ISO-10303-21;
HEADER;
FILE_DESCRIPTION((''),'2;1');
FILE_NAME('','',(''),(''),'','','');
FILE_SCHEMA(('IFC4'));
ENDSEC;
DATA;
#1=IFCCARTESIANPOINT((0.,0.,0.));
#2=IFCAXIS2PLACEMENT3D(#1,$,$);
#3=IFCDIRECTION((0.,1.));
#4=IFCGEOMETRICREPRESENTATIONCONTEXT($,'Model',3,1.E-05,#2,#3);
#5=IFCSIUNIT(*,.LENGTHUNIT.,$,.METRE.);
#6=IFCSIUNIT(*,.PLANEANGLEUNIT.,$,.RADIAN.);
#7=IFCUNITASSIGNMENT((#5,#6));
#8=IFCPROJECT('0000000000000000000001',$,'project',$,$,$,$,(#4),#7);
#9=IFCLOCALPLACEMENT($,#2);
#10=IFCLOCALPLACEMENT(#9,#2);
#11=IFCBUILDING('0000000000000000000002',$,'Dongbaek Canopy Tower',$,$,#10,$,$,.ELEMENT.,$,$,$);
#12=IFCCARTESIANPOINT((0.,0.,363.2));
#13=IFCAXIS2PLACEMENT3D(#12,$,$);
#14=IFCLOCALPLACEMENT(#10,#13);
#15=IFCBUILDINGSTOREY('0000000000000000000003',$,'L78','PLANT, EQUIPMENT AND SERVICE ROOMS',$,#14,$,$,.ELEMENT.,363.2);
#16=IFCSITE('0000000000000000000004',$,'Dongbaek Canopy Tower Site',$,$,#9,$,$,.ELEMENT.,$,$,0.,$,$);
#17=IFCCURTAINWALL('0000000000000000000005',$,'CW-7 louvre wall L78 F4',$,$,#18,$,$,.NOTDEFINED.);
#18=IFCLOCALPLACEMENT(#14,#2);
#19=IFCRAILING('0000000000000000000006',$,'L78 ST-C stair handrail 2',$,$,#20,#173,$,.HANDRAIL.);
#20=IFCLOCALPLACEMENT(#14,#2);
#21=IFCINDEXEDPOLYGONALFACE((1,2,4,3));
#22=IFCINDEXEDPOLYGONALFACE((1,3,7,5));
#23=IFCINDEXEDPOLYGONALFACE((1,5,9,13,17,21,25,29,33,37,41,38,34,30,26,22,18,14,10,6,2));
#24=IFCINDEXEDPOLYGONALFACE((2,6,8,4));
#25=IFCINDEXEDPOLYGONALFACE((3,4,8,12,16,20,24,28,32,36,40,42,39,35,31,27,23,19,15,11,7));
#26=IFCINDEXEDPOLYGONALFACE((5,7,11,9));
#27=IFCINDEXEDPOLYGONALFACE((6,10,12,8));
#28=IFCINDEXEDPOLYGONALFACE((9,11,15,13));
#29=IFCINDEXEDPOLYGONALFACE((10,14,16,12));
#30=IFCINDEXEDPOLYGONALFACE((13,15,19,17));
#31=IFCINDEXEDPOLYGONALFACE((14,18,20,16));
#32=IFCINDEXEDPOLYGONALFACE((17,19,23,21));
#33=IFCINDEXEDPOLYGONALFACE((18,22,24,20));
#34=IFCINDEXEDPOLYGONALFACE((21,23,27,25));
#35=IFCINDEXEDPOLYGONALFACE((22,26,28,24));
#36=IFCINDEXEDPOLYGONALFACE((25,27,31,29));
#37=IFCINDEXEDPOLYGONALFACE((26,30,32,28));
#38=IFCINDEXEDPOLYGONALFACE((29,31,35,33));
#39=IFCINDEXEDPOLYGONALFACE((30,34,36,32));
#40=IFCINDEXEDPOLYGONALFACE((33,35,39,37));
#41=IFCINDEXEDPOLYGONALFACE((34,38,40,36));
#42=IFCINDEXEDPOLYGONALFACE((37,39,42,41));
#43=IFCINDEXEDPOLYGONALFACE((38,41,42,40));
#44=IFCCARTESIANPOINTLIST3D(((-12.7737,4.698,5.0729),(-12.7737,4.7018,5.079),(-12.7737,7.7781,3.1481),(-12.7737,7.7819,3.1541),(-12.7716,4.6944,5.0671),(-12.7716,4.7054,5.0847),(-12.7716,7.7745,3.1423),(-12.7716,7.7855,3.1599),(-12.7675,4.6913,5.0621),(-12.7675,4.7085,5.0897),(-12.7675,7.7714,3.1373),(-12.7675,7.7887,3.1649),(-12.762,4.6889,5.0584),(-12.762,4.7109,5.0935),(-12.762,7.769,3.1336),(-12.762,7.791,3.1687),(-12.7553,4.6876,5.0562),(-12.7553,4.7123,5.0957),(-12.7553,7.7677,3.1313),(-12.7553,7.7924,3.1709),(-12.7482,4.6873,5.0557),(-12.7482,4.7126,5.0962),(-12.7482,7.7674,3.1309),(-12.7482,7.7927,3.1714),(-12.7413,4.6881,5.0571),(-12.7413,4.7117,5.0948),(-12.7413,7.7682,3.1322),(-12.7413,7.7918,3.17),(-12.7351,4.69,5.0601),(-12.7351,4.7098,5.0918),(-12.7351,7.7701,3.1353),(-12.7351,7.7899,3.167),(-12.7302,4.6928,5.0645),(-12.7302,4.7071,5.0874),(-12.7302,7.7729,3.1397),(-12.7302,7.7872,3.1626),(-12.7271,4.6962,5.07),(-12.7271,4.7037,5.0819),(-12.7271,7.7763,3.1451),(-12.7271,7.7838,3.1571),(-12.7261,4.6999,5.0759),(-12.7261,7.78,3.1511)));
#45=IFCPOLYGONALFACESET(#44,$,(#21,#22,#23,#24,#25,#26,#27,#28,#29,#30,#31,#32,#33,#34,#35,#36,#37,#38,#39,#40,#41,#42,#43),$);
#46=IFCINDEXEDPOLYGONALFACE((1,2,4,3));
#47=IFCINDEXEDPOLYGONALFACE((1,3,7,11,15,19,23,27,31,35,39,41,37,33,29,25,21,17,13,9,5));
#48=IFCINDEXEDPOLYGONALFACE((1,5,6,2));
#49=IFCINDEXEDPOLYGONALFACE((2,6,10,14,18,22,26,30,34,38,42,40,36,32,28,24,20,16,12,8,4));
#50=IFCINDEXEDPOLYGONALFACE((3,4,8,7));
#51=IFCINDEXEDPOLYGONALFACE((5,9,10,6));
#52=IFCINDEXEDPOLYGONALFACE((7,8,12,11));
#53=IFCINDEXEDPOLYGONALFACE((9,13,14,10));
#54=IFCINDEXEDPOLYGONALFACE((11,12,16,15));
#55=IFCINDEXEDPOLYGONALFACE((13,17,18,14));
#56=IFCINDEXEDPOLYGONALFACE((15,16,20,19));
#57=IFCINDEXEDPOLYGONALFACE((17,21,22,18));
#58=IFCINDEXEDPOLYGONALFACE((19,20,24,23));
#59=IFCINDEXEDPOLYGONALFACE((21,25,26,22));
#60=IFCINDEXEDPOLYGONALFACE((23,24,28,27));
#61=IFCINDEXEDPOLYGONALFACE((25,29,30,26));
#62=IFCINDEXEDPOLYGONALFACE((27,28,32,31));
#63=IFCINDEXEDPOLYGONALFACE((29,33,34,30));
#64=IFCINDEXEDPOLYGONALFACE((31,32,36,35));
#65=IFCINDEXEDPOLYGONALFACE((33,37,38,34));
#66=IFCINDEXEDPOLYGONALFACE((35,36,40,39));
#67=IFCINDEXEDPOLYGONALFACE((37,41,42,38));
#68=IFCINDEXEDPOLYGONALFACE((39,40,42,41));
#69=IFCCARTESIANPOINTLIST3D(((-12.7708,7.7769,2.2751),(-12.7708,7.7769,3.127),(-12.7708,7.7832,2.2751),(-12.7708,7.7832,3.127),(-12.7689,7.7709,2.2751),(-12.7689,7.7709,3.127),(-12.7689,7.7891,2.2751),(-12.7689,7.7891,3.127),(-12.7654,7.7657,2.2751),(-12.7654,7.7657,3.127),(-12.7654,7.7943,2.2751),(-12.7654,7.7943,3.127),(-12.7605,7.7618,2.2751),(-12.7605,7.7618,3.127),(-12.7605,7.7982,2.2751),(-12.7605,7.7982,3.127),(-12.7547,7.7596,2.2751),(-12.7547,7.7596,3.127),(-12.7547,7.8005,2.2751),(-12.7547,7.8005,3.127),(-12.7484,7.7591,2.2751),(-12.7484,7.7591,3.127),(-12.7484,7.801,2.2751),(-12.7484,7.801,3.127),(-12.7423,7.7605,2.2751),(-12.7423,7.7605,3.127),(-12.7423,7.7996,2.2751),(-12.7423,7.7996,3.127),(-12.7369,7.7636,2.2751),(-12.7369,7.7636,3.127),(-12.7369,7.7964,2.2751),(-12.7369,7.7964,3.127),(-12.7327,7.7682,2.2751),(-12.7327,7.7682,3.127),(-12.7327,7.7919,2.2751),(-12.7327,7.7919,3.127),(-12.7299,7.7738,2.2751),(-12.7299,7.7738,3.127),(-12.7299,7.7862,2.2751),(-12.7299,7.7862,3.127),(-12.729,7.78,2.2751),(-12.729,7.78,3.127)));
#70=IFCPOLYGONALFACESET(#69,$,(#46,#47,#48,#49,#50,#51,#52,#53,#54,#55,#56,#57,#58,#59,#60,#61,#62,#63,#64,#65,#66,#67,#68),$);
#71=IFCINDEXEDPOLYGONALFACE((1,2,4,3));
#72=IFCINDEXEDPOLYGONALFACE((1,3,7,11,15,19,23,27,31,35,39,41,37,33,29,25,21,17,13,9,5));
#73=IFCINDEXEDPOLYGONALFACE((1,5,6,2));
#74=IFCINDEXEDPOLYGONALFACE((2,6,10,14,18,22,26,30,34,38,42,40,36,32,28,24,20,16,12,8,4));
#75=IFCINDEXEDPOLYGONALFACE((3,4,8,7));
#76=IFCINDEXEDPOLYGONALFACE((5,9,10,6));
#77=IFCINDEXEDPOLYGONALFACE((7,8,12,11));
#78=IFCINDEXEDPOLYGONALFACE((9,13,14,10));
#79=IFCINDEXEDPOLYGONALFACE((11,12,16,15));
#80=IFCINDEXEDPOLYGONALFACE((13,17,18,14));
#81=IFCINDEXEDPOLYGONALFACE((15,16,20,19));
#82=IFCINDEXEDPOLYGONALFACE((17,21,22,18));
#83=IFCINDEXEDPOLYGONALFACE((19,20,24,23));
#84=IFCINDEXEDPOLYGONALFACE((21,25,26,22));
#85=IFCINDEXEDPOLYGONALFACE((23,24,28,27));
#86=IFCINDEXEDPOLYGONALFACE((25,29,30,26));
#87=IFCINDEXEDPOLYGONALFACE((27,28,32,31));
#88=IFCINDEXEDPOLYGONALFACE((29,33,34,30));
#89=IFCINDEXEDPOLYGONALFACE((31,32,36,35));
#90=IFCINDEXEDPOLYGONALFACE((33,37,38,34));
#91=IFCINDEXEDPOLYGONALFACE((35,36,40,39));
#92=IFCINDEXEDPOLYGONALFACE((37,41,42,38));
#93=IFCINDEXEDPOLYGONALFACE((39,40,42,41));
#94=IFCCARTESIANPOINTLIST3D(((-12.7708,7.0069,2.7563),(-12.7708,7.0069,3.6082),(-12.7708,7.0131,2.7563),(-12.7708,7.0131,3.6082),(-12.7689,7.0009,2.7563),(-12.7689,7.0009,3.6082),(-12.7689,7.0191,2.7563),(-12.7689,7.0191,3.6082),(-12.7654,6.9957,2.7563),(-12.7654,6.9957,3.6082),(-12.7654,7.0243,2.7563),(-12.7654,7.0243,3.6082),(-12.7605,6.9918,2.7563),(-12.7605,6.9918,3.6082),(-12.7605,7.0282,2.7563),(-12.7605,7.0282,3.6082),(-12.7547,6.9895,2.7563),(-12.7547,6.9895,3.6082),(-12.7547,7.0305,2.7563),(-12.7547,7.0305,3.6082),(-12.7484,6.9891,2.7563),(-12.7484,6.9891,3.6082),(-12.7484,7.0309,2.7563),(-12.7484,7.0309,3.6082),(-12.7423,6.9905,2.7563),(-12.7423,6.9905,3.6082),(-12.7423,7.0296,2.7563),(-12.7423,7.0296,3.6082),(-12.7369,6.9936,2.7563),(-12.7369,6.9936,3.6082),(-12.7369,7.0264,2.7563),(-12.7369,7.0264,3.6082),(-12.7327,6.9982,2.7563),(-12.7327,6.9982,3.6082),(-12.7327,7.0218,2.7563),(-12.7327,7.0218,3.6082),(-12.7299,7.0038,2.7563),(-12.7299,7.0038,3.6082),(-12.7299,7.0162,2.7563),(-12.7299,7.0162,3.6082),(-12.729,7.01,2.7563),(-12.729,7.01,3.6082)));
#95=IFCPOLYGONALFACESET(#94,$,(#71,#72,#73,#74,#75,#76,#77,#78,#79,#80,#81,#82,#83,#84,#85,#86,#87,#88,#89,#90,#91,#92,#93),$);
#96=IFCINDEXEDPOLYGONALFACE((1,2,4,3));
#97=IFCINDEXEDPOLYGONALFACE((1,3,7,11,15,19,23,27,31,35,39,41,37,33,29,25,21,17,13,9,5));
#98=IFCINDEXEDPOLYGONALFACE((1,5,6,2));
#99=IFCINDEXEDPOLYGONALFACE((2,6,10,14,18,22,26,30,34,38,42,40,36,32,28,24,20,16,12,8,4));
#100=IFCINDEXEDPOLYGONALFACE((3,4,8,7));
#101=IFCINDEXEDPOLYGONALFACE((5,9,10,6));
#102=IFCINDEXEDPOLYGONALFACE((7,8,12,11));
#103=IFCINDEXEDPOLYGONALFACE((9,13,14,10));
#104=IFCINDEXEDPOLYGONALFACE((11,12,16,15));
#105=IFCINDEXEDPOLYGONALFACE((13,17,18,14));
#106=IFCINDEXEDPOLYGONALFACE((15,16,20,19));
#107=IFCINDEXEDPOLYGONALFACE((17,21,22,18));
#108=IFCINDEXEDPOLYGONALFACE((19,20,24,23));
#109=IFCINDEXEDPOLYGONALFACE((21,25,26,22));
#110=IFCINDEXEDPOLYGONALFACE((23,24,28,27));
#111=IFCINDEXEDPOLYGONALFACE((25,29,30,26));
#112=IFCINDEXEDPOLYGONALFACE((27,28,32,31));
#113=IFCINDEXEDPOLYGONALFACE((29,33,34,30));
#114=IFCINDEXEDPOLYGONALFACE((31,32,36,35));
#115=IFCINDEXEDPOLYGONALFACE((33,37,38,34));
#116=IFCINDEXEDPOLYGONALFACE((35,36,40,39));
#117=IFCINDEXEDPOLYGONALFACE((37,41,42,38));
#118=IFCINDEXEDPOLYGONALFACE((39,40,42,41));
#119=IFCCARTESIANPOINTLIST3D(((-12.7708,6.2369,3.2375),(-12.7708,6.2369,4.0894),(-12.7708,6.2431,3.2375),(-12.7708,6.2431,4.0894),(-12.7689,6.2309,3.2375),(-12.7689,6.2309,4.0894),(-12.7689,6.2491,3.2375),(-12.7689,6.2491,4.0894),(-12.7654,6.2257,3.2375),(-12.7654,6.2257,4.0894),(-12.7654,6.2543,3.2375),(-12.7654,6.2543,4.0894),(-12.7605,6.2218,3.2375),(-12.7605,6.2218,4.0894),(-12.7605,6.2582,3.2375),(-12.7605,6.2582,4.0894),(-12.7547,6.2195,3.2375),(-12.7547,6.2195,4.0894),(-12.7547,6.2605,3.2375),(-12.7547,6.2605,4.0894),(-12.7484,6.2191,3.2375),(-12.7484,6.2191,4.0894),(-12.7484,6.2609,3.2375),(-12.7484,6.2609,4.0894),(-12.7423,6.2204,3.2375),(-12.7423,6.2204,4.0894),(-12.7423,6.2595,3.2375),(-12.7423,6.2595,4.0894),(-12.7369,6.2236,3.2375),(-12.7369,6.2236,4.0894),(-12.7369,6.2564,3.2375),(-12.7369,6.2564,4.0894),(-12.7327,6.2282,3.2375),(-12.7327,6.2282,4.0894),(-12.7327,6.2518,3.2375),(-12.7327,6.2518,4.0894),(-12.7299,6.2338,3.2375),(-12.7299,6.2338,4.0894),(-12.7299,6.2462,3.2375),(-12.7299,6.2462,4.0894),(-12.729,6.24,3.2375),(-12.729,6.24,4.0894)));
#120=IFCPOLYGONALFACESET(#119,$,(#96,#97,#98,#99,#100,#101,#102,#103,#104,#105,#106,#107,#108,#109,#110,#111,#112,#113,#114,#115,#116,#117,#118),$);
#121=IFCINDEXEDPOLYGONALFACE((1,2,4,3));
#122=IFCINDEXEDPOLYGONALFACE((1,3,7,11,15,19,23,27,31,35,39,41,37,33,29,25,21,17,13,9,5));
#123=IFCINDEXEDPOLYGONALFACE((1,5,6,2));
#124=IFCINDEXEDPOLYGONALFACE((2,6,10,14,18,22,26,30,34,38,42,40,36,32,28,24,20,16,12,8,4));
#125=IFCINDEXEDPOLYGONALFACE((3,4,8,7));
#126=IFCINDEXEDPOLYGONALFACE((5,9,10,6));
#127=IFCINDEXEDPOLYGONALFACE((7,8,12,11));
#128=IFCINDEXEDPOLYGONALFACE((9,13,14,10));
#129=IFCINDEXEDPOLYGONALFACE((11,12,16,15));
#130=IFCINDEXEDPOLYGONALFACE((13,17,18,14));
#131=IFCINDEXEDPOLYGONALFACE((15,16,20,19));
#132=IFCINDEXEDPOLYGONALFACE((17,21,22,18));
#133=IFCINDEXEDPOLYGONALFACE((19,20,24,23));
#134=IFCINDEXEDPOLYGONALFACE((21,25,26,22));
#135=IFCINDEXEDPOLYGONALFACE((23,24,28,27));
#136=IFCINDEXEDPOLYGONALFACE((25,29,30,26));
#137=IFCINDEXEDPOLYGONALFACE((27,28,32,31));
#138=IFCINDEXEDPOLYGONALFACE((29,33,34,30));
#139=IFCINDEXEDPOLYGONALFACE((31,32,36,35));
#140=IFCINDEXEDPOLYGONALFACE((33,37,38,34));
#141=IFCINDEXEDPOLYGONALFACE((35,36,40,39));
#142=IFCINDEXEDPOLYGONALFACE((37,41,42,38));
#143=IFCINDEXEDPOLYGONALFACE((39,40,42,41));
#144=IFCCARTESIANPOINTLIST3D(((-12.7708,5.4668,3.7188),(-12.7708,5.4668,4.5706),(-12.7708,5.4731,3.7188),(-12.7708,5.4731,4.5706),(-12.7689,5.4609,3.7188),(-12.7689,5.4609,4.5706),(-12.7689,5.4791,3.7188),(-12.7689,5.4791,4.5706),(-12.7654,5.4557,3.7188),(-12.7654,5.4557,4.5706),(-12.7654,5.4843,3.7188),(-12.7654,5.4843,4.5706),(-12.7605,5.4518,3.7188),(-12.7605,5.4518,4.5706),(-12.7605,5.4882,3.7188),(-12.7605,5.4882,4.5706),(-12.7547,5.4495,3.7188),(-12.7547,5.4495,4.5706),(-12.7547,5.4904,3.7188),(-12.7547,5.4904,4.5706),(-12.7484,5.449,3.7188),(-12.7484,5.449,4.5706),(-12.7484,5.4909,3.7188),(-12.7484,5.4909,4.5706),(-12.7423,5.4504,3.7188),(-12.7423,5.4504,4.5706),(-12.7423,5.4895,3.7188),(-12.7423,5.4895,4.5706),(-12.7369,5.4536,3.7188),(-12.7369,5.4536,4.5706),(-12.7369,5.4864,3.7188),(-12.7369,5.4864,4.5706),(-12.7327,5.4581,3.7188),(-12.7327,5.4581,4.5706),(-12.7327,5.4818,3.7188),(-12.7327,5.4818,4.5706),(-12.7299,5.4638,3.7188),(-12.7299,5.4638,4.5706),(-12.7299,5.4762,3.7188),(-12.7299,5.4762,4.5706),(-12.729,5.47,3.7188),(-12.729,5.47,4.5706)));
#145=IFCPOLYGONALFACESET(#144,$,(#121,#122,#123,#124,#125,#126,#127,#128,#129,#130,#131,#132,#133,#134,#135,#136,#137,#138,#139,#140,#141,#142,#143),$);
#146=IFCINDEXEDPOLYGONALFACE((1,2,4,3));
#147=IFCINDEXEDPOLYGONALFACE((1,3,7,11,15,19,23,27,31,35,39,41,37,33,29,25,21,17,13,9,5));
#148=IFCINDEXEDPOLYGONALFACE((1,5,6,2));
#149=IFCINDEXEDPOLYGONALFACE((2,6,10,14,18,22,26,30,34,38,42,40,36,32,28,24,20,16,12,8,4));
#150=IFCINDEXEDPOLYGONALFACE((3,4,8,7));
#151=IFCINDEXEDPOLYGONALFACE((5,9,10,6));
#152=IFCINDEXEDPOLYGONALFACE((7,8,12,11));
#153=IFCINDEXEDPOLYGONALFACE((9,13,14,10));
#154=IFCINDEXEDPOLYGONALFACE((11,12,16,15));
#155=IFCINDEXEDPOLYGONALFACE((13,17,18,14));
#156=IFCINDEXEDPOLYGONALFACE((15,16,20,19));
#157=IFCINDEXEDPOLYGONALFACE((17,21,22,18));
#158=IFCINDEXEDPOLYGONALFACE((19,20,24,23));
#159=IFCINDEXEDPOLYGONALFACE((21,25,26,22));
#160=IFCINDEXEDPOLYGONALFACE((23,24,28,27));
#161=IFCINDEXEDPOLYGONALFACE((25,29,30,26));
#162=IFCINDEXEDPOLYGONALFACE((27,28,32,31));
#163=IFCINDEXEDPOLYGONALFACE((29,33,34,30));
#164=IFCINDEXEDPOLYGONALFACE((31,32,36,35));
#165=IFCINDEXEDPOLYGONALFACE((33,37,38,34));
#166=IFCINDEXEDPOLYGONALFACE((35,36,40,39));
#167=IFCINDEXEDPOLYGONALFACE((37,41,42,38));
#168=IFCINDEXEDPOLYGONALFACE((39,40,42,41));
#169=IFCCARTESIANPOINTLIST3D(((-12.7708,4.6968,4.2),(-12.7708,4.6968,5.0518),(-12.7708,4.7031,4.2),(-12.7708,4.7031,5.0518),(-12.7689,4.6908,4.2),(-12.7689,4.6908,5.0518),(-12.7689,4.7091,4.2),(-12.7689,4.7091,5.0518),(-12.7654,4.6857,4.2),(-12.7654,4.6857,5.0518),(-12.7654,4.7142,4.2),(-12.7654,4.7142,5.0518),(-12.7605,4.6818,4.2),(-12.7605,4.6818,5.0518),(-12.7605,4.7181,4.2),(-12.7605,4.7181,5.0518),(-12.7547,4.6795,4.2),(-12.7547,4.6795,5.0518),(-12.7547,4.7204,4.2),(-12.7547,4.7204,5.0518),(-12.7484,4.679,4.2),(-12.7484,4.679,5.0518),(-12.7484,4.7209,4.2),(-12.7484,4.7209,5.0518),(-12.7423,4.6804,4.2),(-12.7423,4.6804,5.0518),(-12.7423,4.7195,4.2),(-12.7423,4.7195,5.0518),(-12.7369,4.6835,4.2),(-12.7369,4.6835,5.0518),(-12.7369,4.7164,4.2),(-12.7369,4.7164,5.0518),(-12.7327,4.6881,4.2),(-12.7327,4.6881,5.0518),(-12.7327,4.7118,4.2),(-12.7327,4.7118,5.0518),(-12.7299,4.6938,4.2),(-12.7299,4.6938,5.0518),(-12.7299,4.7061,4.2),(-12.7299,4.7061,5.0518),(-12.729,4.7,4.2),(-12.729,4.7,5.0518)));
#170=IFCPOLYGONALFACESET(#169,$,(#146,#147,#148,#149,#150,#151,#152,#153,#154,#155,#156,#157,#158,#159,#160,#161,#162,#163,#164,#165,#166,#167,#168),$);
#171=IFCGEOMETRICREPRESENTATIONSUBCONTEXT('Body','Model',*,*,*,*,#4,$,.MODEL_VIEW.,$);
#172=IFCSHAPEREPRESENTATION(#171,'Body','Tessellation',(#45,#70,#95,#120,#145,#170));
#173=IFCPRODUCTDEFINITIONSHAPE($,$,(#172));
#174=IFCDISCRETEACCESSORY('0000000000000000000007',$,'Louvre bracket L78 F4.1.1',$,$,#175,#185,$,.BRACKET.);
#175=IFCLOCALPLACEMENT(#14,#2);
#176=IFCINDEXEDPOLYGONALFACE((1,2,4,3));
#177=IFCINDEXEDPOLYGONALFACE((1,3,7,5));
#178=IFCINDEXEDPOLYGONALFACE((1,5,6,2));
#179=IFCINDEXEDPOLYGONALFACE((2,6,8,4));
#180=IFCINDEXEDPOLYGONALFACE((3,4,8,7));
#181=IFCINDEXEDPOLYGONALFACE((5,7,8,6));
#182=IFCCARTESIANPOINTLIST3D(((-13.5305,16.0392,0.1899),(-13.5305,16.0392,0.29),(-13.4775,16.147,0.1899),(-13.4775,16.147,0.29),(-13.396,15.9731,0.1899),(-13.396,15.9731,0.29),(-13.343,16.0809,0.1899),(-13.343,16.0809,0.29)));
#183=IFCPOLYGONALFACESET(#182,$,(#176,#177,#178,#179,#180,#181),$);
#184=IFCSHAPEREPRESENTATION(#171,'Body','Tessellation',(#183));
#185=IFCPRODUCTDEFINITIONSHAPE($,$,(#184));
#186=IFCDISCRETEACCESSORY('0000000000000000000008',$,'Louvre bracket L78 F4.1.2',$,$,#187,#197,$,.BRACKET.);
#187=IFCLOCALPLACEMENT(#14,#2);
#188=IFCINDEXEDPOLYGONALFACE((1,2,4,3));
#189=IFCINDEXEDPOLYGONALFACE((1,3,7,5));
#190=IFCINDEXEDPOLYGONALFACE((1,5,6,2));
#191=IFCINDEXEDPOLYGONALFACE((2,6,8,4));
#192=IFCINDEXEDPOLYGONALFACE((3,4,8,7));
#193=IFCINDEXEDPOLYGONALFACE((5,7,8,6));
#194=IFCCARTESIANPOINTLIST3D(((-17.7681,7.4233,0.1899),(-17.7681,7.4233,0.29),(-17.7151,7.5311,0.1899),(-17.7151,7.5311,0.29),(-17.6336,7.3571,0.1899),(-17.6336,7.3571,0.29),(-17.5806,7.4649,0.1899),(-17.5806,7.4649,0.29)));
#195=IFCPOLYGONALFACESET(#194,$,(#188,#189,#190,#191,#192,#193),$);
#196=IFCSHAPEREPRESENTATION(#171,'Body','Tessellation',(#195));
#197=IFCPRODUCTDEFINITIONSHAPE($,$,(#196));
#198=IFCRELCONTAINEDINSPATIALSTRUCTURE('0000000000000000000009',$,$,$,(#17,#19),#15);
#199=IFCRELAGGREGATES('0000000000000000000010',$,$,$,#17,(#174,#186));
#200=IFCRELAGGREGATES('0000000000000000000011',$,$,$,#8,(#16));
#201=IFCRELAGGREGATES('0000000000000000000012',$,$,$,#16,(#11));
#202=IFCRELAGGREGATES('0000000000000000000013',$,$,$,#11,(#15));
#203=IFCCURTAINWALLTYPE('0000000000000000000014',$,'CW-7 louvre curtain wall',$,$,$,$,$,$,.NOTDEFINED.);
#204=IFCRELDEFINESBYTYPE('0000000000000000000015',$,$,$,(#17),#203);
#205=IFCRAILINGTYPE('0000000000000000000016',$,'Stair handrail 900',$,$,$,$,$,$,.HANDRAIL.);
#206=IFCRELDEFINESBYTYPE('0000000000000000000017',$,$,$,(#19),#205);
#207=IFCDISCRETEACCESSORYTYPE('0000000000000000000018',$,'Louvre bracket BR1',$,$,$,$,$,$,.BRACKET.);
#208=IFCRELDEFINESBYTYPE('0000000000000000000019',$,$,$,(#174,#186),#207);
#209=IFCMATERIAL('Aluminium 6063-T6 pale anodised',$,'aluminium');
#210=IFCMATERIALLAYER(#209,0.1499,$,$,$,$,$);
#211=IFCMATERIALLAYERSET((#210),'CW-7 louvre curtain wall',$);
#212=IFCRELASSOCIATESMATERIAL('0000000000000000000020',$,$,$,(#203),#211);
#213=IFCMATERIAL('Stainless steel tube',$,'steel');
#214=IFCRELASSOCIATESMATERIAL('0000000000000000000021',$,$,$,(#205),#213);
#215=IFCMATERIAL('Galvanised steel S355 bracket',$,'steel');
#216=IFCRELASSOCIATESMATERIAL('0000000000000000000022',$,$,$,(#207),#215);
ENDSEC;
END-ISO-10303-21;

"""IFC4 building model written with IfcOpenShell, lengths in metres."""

from ifc_helpers import new_model, si_unit, direction, frame, origin, origin_2d, place, context, subcontext, project, spatial, rectangle, circle, extrude, material, layer, layer_set, type_object, element, aggregate, save


model = new_model("IFC4")

# Units and contexts
model_context = context("Model", 3, precision=1e-05, world=origin(), true_north=direction((0.0, 1.0)))
body_context = subcontext(model_context, "Body", "Model", "MODEL_VIEW")
ifc_project = project(units=[si_unit("LENGTHUNIT", "METRE"), si_unit("PLANEANGLEUNIT", "RADIAN")], contexts=[model_context])

# Site, building, storey
site_placement = place(None, origin())
site = spatial("IfcSite", under=ifc_project, at=site_placement, Name="Dongbaek Canopy Tower Site", CompositionType="ELEMENT", RefElevation=0.0)
building_placement = place(site_placement, origin())
building = spatial("IfcBuilding", under=site, at=building_placement, Name="Dongbaek Canopy Tower", CompositionType="ELEMENT")
storey_placement = place(building_placement, frame((0.0, 0.0, 363.2)))
storey = spatial("IfcBuildingStorey", under=building, at=storey_placement, Name="L78", Description="PLANT, EQUIPMENT AND SERVICE ROOMS", CompositionType="ELEMENT", Elevation=363.2)

# Shared definitions
ifc_material_1 = material(Name="Aluminium 6063-T6 pale anodised", Category="aluminium")
ifc_layer_1 = layer(ifc_material_1, 0.1499)
ifc_layer_set_1 = layer_set([ifc_layer_1], Name="CW-7 louvre curtain wall")
curtain_wall_type = type_object("IfcCurtainWallType", Name="CW-7 louvre curtain wall", PredefinedType="NOTDEFINED", material=ifc_layer_set_1)

# Curtain wall
curtain_wall_1_placement = place(storey_placement, origin())
curtain_wall_1 = element("IfcCurtainWall", 1, at=curtain_wall_1_placement, inside=storey, type_object=curtain_wall_type, Name="CW-7 louvre wall L78 F4", PredefinedType="NOTDEFINED")

# Railing
ifc_material_2 = material(Name="Stainless steel tube", Category="steel")
railing_type_1 = type_object("IfcRailingType", Name="Stair handrail 900", PredefinedType="HANDRAIL", material=ifc_material_2)
railing_1_placement = place(storey_placement, frame((-12.75, 7.78, 2.2751)))
element("IfcRailing", 2, at=railing_1_placement, inside=storey, type_object=railing_type_1, Name="L78 ST-C stair handrail 2", PredefinedType="HANDRAIL", context=body_context, shape_type="SweptSolid", body=[
    extrude(circle(Radius=0.0239, at=origin_2d()), frame((0.0, 0.0, 0.876), z_axis=(0.0, -0.848029, 0.529951), x_axis=(1.0, 0.0, 0.0)), (0.0, 0.0, 1.0), 3.6321),
    extrude(circle(Radius=0.021, at=origin_2d()), origin(), (0.0, 0.0, 1.0), 0.8518),
    extrude(circle(Radius=0.021, at=origin_2d()), frame((0.0, -0.77, 0.4812)), (0.0, 0.0, 1.0), 0.8518),
    extrude(circle(Radius=0.021, at=origin_2d()), frame((0.0, -1.54, 0.9624)), (0.0, 0.0, 1.0), 0.8518),
    extrude(circle(Radius=0.021, at=origin_2d()), frame((0.0, -2.3101, 1.4436)), (0.0, 0.0, 1.0), 0.8518),
    extrude(circle(Radius=0.021, at=origin_2d()), frame((0.0, -3.0801, 1.9248)), (0.0, 0.0, 1.0), 0.8518),
])

# Discrete accessories
ifc_material_3 = material(Name="Galvanised steel S355 bracket", Category="steel")
discrete_accessory_type = type_object("IfcDiscreteAccessoryType", Name="Louvre bracket BR1", PredefinedType="BRACKET", material=ifc_material_3)
discrete_accessory_1_placement = place(storey_placement, frame((-13.4368, 16.0601, 0.1899), z_axis=(0.0, 0.0, 1.0), x_axis=(-0.441342, -0.897339, 0.0)))
discrete_accessory_1 = element("IfcDiscreteAccessory", 3, at=discrete_accessory_1_placement, type_object=discrete_accessory_type, Name="Louvre bracket L78 F4.1.1", PredefinedType="BRACKET", context=body_context, shape_type="SweptSolid", body=[
    extrude(rectangle(XDim=0.1201, YDim=0.1499, at=origin_2d()), origin(), (0.0, 0.0, 1.0), 0.1001),
])
discrete_accessory_2_placement = place(storey_placement, frame((-17.6743, 7.4441, 0.1899), z_axis=(0.0, 0.0, 1.0), x_axis=(-0.441342, -0.897339, 0.0)))
discrete_accessory_2 = element("IfcDiscreteAccessory", 4, at=discrete_accessory_2_placement, type_object=discrete_accessory_type, Name="Louvre bracket L78 F4.1.2", PredefinedType="BRACKET", context=body_context, shape_type="SweptSolid", body=[
    extrude(rectangle(XDim=0.1201, YDim=0.1499, at=origin_2d()), origin(), (0.0, 0.0, 1.0), 0.1001),
])
aggregate(curtain_wall_1, [discrete_accessory_1, discrete_accessory_2])

save(model, "model.ifc")
